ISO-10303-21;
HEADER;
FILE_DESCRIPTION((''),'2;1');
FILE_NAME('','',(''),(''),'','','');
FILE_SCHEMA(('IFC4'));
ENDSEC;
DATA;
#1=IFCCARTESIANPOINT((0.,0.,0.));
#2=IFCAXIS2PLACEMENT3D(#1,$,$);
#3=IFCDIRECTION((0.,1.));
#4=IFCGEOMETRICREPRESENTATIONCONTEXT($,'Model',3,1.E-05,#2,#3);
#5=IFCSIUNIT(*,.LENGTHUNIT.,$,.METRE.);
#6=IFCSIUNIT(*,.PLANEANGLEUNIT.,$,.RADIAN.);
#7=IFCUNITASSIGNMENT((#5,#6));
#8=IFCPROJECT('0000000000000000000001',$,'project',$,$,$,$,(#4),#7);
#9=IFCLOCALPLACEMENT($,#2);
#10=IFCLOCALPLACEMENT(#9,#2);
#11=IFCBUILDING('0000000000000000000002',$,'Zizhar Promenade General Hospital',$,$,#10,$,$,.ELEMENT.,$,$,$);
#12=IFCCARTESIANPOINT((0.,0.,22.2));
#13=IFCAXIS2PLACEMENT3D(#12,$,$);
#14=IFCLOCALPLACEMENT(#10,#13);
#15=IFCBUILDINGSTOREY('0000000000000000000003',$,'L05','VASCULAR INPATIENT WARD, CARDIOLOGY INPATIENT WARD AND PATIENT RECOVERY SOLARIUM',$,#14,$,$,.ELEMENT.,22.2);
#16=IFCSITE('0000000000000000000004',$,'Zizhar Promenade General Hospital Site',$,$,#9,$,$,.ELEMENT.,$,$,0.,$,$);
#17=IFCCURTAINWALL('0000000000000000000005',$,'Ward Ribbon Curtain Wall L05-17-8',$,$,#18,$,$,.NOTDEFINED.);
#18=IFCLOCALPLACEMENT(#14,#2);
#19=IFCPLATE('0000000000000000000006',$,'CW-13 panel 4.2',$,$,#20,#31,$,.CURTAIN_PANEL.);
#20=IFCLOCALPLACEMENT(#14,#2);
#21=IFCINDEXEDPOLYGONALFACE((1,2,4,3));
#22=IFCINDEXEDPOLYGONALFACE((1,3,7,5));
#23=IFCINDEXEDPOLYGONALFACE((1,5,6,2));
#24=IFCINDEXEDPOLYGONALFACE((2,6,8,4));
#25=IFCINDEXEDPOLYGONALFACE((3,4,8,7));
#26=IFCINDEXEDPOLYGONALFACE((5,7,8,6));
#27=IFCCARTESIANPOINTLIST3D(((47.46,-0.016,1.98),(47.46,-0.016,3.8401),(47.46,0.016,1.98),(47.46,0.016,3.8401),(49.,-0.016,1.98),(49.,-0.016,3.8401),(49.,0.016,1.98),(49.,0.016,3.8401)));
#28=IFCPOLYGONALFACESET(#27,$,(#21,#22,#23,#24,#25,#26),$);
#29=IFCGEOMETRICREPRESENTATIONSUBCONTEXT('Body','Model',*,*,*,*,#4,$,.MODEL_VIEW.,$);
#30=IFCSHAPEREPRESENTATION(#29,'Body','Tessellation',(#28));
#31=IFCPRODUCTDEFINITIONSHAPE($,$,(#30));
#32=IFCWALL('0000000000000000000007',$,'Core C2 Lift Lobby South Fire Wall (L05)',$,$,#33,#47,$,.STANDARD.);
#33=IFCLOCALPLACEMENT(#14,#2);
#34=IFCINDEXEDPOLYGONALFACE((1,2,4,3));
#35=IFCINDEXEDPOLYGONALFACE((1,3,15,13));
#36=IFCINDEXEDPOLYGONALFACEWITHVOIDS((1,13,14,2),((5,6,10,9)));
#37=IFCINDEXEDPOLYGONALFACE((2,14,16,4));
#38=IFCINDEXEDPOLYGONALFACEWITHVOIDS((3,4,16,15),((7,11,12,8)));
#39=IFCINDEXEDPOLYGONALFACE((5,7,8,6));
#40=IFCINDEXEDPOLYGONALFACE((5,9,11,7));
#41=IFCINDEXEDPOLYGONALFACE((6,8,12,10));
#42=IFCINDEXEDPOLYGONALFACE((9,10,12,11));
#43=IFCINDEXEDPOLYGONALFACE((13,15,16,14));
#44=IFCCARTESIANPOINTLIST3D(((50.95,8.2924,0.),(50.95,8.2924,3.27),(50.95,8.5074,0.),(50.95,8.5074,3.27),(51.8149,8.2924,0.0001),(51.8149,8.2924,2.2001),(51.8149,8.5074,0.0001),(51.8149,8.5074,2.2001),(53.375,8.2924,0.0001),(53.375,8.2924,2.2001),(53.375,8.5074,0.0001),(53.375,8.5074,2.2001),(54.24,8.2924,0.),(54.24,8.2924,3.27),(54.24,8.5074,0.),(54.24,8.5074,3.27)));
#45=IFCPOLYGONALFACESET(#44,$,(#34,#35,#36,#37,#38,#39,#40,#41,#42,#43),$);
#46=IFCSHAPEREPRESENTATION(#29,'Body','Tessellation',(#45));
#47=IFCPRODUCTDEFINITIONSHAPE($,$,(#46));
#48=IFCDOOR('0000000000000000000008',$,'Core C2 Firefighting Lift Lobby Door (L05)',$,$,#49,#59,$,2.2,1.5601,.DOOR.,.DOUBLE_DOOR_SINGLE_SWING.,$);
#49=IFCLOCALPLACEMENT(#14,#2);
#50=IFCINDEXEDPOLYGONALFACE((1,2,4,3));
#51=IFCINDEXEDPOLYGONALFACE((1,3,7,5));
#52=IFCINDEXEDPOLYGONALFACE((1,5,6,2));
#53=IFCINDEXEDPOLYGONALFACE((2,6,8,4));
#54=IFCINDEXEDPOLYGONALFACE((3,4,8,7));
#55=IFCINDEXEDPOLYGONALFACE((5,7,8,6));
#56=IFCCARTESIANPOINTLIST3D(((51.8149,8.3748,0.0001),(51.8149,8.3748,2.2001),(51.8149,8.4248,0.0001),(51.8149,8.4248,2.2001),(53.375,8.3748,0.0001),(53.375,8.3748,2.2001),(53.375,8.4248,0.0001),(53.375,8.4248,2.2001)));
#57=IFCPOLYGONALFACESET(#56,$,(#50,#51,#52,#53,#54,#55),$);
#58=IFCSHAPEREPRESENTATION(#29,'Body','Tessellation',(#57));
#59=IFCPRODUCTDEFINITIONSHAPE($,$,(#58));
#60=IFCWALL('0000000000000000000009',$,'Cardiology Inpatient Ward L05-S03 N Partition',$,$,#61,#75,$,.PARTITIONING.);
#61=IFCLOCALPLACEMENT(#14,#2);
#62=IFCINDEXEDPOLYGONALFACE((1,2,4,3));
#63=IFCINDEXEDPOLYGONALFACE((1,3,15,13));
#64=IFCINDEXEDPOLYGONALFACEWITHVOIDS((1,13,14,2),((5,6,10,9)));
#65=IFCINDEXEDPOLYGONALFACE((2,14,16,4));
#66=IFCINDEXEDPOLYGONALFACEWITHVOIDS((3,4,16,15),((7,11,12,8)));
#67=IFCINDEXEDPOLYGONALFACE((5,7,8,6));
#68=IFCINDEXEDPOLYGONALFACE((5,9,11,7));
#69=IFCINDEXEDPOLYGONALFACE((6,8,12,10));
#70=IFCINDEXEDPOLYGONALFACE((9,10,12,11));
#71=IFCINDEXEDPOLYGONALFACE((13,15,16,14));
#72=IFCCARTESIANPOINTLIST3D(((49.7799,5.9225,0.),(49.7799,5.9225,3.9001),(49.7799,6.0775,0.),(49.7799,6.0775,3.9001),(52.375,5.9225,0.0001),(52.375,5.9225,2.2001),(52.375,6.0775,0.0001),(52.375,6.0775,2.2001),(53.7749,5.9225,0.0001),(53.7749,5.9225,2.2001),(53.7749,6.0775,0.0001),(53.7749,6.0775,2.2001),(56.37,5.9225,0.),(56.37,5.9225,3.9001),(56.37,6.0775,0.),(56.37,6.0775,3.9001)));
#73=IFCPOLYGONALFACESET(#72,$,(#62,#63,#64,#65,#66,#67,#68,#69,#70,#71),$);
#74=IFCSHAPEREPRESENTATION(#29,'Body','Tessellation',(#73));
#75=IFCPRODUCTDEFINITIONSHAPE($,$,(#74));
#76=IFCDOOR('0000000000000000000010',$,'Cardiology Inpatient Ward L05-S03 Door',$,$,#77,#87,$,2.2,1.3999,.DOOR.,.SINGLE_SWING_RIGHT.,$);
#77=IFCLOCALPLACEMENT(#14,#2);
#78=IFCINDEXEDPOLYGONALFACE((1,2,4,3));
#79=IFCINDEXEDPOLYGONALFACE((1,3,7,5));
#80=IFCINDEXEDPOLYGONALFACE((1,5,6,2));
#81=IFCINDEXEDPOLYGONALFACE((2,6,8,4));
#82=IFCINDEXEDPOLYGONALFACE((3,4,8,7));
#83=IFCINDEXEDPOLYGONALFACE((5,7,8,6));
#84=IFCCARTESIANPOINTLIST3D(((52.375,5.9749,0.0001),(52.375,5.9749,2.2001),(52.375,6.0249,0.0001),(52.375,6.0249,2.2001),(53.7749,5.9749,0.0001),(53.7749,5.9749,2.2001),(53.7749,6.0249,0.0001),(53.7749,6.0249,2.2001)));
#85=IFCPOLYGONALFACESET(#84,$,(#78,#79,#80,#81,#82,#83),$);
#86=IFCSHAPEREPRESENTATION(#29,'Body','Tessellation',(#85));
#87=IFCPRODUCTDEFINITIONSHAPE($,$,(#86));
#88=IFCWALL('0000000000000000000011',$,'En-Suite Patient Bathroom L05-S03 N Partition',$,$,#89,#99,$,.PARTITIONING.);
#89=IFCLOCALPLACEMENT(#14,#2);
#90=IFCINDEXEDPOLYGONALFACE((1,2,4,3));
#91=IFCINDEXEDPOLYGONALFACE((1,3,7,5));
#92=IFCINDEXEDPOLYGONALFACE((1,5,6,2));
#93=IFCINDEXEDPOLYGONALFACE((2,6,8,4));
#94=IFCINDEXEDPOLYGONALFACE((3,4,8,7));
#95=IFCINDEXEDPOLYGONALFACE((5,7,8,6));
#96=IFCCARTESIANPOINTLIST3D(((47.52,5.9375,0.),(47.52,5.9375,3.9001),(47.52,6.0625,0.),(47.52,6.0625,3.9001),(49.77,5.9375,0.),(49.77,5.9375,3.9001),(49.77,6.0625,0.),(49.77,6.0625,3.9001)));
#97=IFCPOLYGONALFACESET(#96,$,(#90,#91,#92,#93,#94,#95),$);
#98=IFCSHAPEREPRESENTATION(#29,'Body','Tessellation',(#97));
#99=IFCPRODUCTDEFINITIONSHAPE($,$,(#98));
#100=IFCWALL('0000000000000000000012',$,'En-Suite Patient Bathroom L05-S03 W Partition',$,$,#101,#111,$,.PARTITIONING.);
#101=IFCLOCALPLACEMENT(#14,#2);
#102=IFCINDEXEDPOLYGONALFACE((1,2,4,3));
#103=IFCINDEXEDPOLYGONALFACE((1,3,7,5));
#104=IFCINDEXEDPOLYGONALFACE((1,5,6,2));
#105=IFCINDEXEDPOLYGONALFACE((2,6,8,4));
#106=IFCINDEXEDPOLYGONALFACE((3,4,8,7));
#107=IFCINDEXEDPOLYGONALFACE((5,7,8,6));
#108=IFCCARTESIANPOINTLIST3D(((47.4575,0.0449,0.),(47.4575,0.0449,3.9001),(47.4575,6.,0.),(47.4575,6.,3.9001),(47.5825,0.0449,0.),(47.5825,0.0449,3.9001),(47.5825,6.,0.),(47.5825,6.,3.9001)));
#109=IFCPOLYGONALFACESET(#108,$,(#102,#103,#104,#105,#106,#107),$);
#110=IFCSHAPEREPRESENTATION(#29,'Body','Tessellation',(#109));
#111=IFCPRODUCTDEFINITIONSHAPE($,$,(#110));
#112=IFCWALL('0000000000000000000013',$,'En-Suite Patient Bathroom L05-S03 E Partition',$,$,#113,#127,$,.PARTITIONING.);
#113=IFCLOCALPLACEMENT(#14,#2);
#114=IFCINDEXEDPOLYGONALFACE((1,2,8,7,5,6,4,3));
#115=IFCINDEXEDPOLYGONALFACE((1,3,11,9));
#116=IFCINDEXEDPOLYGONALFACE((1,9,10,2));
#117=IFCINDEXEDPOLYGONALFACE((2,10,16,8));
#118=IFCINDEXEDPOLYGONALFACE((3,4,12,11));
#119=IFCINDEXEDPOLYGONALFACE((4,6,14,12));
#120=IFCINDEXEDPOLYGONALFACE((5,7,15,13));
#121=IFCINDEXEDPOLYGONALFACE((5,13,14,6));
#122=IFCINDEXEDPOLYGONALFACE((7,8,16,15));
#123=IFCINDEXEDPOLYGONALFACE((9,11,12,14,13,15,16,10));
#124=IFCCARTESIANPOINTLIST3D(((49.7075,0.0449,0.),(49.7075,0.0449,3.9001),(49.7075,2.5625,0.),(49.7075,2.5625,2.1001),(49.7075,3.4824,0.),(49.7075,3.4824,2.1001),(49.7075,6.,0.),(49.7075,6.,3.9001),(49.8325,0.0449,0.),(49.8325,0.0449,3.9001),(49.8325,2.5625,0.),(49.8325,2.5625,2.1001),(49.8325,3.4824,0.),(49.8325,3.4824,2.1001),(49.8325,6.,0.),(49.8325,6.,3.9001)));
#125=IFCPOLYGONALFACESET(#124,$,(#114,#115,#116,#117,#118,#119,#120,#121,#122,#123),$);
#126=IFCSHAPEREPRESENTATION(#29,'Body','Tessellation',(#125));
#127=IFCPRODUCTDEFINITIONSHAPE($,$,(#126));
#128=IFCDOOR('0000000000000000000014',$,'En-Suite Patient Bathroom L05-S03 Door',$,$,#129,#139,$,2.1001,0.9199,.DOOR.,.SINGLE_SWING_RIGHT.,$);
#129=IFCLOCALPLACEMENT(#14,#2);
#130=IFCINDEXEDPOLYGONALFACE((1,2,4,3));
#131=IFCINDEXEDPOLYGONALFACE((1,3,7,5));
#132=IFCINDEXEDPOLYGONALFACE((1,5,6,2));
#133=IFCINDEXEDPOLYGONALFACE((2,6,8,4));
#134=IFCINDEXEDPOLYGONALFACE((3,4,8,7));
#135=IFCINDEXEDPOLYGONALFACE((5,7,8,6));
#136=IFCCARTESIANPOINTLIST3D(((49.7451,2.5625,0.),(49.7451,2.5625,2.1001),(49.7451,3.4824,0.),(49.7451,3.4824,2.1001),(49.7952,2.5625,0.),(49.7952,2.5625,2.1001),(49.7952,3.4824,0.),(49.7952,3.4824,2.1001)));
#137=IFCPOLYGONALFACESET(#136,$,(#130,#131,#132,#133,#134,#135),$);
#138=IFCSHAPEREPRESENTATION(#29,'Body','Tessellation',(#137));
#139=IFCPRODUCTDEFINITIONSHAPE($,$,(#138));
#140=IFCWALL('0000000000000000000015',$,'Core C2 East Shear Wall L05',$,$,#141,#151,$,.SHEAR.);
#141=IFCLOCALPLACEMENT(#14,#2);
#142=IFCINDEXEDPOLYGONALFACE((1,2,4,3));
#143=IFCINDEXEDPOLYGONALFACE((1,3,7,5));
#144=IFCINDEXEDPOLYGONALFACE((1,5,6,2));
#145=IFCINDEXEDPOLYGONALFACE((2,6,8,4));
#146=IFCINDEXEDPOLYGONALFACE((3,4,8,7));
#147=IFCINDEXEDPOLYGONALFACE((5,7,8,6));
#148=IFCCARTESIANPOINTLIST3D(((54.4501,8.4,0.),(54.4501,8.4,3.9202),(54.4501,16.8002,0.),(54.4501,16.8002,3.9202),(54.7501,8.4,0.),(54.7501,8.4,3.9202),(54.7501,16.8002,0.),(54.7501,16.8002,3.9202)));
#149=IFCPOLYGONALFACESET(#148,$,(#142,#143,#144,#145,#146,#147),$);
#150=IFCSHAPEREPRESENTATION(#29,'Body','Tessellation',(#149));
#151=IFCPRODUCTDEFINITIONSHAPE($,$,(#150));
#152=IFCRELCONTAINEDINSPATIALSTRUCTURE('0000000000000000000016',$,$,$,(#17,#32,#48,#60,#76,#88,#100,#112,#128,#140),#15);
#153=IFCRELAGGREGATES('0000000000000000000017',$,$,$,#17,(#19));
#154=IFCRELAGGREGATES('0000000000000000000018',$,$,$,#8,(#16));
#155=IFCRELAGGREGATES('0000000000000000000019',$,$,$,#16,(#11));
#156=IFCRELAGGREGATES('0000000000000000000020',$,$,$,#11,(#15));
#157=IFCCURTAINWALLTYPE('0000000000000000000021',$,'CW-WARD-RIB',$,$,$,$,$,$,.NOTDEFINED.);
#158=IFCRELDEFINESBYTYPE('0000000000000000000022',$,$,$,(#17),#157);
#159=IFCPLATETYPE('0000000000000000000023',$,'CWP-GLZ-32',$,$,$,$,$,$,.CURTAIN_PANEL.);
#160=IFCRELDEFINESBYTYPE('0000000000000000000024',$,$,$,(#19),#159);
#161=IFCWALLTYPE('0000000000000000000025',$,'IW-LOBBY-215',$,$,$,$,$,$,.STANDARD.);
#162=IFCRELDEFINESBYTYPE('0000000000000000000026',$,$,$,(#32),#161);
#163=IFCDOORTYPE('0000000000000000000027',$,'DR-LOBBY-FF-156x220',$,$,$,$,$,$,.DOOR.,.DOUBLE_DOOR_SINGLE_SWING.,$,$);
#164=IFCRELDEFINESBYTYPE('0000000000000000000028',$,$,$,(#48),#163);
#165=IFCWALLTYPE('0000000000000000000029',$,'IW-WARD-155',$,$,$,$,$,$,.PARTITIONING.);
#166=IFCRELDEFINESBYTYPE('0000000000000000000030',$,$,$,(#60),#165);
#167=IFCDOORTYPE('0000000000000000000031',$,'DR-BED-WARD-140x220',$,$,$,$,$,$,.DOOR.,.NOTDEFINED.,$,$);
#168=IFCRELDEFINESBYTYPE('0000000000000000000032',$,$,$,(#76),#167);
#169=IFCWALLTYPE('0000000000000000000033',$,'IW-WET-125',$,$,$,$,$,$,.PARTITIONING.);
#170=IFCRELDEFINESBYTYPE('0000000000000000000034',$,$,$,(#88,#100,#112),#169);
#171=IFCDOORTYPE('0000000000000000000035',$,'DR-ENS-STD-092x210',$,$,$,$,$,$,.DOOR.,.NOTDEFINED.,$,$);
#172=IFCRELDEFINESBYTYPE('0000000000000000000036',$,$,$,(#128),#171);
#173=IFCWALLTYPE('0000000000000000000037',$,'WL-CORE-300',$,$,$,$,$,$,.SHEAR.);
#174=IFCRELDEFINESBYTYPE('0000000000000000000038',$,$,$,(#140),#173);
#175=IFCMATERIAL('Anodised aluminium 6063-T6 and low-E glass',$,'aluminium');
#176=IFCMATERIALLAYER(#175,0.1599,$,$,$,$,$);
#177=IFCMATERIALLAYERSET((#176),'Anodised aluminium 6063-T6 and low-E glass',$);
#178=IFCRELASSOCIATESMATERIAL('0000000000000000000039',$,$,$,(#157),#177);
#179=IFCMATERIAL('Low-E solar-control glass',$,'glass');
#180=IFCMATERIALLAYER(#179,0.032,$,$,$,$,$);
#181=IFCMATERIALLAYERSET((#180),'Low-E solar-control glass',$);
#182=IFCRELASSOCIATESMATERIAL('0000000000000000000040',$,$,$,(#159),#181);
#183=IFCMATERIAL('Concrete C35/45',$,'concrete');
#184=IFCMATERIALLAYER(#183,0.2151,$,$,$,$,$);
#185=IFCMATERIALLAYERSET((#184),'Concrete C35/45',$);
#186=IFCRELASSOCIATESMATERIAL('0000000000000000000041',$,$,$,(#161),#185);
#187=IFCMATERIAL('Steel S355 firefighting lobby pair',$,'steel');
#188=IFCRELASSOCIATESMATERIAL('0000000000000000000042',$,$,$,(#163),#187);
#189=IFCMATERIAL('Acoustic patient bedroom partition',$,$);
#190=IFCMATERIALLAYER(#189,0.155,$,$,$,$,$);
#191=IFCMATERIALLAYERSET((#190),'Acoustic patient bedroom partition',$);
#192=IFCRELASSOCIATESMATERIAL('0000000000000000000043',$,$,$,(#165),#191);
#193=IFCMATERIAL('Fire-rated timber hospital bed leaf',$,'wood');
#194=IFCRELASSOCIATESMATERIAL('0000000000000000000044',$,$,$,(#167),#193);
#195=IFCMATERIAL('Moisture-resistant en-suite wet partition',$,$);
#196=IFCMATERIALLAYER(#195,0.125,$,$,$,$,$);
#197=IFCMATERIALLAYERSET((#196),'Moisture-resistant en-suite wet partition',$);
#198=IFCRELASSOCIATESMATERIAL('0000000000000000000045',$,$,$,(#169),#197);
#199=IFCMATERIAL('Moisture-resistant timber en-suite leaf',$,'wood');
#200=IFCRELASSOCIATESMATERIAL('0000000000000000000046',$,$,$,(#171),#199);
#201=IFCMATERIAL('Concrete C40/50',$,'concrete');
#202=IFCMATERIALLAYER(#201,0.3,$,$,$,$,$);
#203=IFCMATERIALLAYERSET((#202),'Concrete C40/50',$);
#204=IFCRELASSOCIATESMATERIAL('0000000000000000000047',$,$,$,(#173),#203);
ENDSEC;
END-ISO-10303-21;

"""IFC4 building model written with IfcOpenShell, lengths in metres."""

from ifc_helpers import new_model, si_unit, direction, frame, frame_2d, origin, origin_2d, place, context, subcontext, project, spatial, rectangle, extrude, material, layer, layer_set, type_object, element, fill, aggregate, save


model = new_model("IFC4")

# Units and contexts
model_context = context("Model", 3, precision=1e-05, world=origin(), true_north=direction((0.0, 1.0)))
body_context = subcontext(model_context, "Body", "Model", "MODEL_VIEW")
ifc_project = project(units=[si_unit("LENGTHUNIT", "METRE"), si_unit("PLANEANGLEUNIT", "RADIAN")], contexts=[model_context])

# Site, building, storey
site_placement = place(None, origin())
site = spatial("IfcSite", under=ifc_project, at=site_placement, Name="Zizhar Promenade General Hospital Site", CompositionType="ELEMENT", RefElevation=0.0)
building_placement = place(site_placement, origin())
building = spatial("IfcBuilding", under=site, at=building_placement, Name="Zizhar Promenade General Hospital", CompositionType="ELEMENT")
storey_placement = place(building_placement, frame((0.0, 0.0, 22.2)))
storey = spatial("IfcBuildingStorey", under=building, at=storey_placement, Name="L05", Description="VASCULAR INPATIENT WARD, CARDIOLOGY INPATIENT WARD AND PATIENT RECOVERY SOLARIUM", CompositionType="ELEMENT", Elevation=22.2)

# Curtain wall, plate
ifc_material_1 = material(Name="Anodised aluminium 6063-T6 and low-E glass", Category="aluminium")
ifc_layer_1 = layer(ifc_material_1, 0.1599)
ifc_layer_set_1 = layer_set([ifc_layer_1], Name="Anodised aluminium 6063-T6 and low-E glass")
curtain_wall_type = type_object("IfcCurtainWallType", Name="CW-WARD-RIB", PredefinedType="NOTDEFINED", material=ifc_layer_set_1)
curtain_wall_placement = place(storey_placement, origin())
curtain_wall = element("IfcCurtainWall", 1, at=curtain_wall_placement, inside=storey, type_object=curtain_wall_type, Name="Ward Ribbon Curtain Wall L05-17-8", PredefinedType="NOTDEFINED")
ifc_material_2 = material(Name="Low-E solar-control glass", Category="glass")
ifc_layer_2 = layer(ifc_material_2, 0.032)
ifc_layer_set_2 = layer_set([ifc_layer_2], Name="Low-E solar-control glass")
plate_type = type_object("IfcPlateType", Name="CWP-GLZ-32", PredefinedType="CURTAIN_PANEL", material=ifc_layer_set_2)
plate_1_placement = place(storey_placement, frame((48.23, 0.0, 1.98), z_axis=(0.0, 0.0, 1.0), x_axis=(-1.0, 0.0, 0.0)))
plate_1 = element("IfcPlate", 2, at=plate_1_placement, type_object=plate_type, Name="CW-13 panel 4.2", PredefinedType="CURTAIN_PANEL", context=body_context, shape_type="SweptSolid", body=[
    extrude(rectangle(XDim=1.54, YDim=0.032, at=origin_2d()), origin(), (0.0, 0.0, 1.0), 1.8601),
])
aggregate(curtain_wall, [plate_1])

# Walls, openings, doors
ifc_material_3 = material(Name="Concrete C35/45", Category="concrete")
ifc_layer_3 = layer(ifc_material_3, 0.2151)
ifc_layer_set_3 = layer_set([ifc_layer_3], Name="Concrete C35/45")
wall_type_1 = type_object("IfcWallType", Name="IW-LOBBY-215", PredefinedType="STANDARD", material=ifc_layer_set_3)
wall_1_placement = place(storey_placement, frame((50.95, 8.3999, 0.0), z_axis=(0.0, 0.0, 1.0), x_axis=(1.0, 0.0, 0.0)))
wall_1 = element("IfcWall", 3, at=wall_1_placement, inside=storey, type_object=wall_type_1, Name="Core C2 Lift Lobby South Fire Wall (L05)", PredefinedType="STANDARD", context=body_context, shape_type="SweptSolid", body=[
    extrude(rectangle(XDim=3.29, YDim=0.2151, at=frame_2d((1.645, 0.0))), origin(), (0.0, 0.0, 1.0), 3.27),
])
opening_1_placement = place(wall_1_placement, frame((0.865, 0.0, 0.0)))
opening_1 = element("IfcOpeningElement", 4, at=opening_1_placement, cuts=wall_1, PredefinedType="OPENING", context=body_context, shape_type="SweptSolid", body=[
    extrude(rectangle(XDim=1.5601, YDim=2.2, at=frame_2d((0.78, 1.1001))), frame((0.0, 0.1177, 0.0), z_axis=(0.0, -1.0, 0.0), x_axis=(1.0, 0.0, 0.0)), (0.0, 0.0, 1.0), 0.2351),
])
ifc_material_4 = material(Name="Steel S355 firefighting lobby pair", Category="steel")
door_type_1 = type_object("IfcDoorType", Name="DR-LOBBY-FF-156x220", OperationType="DOUBLE_DOOR_SINGLE_SWING", PredefinedType="DOOR", material=ifc_material_4)
door_1_placement = place(opening_1_placement, origin())
door_1 = element("IfcDoor", 5, at=door_1_placement, inside=storey, type_object=door_type_1, Name="Core C2 Firefighting Lift Lobby Door (L05)", OperationType="DOUBLE_DOOR_SINGLE_SWING", OverallHeight=2.2, OverallWidth=1.5601, PredefinedType="DOOR", context=body_context, shape_type="SweptSolid", body=[
    extrude(rectangle(XDim=1.5601, YDim=2.2, at=frame_2d((0.78, 1.1001))), frame((0.0, 0.0249, 0.0), z_axis=(0.0, -1.0, 0.0), x_axis=(1.0, 0.0, 0.0)), (0.0, 0.0, 1.0), 0.05),
])
fill(opening_1, door_1)
ifc_material_5 = material(Name="Acoustic patient bedroom partition")
ifc_layer_4 = layer(ifc_material_5, 0.155)
ifc_layer_set_4 = layer_set([ifc_layer_4], Name="Acoustic patient bedroom partition")
wall_type_2 = type_object("IfcWallType", Name="IW-WARD-155", PredefinedType="PARTITIONING", material=ifc_layer_set_4)
wall_2_placement = place(storey_placement, frame((49.78, 6.0, 0.0), z_axis=(0.0, 0.0, 1.0), x_axis=(1.0, 0.0, 0.0)))
wall_2 = element("IfcWall", 6, at=wall_2_placement, inside=storey, type_object=wall_type_2, Name="Cardiology Inpatient Ward L05-S03 N Partition", PredefinedType="PARTITIONING", context=body_context, shape_type="SweptSolid", body=[
    extrude(rectangle(XDim=6.5901, YDim=0.155, at=frame_2d((3.2949, 0.0))), origin(), (0.0, 0.0, 1.0), 3.9001),
])
opening_2_placement = place(wall_2_placement, frame((2.595, 0.0, 0.0)))
opening_2 = element("IfcOpeningElement", 7, at=opening_2_placement, cuts=wall_2, PredefinedType="OPENING", context=body_context, shape_type="SweptSolid", body=[
    extrude(rectangle(XDim=1.3999, YDim=2.2, at=frame_2d((0.7, 1.1001))), frame((0.0, 0.0874, 0.0), z_axis=(0.0, -1.0, 0.0), x_axis=(1.0, 0.0, 0.0)), (0.0, 0.0, 1.0), 0.175),
])
ifc_material_6 = material(Name="Fire-rated timber hospital bed leaf", Category="wood")
door_type_2 = type_object("IfcDoorType", Name="DR-BED-WARD-140x220", OperationType="NOTDEFINED", PredefinedType="DOOR", material=ifc_material_6)
door_2_placement = place(opening_2_placement, origin())
door_2 = element("IfcDoor", 8, at=door_2_placement, inside=storey, type_object=door_type_2, Name="Cardiology Inpatient Ward L05-S03 Door", OperationType="SINGLE_SWING_RIGHT", OverallHeight=2.2, OverallWidth=1.3999, PredefinedType="DOOR", context=body_context, shape_type="SweptSolid", body=[
    extrude(rectangle(XDim=1.3999, YDim=2.2, at=frame_2d((0.7, 1.1001))), frame((0.0, 0.0249, 0.0), z_axis=(0.0, -1.0, 0.0), x_axis=(1.0, 0.0, 0.0)), (0.0, 0.0, 1.0), 0.05),
])
fill(opening_2, door_2)

# Walls
ifc_material_7 = material(Name="Moisture-resistant en-suite wet partition")
ifc_layer_5 = layer(ifc_material_7, 0.125)
ifc_layer_set_5 = layer_set([ifc_layer_5], Name="Moisture-resistant en-suite wet partition")
wall_type_3 = type_object("IfcWallType", Name="IW-WET-125", PredefinedType="PARTITIONING", material=ifc_layer_set_5)
wall_3_placement = place(storey_placement, frame((47.52, 6.0, 0.0), z_axis=(0.0, 0.0, 1.0), x_axis=(1.0, 0.0, 0.0)))
element("IfcWall", 9, at=wall_3_placement, inside=storey, type_object=wall_type_3, Name="En-Suite Patient Bathroom L05-S03 N Partition", PredefinedType="PARTITIONING", context=body_context, shape_type="SweptSolid", body=[
    extrude(rectangle(XDim=2.25, YDim=0.125, at=frame_2d((1.125, 0.0))), origin(), (0.0, 0.0, 1.0), 3.9001),
])
wall_4_placement = place(storey_placement, frame((47.52, 0.0449, 0.0), z_axis=(0.0, 0.0, 1.0), x_axis=(0.0, 1.0, 0.0)))
element("IfcWall", 10, at=wall_4_placement, inside=storey, type_object=wall_type_3, Name="En-Suite Patient Bathroom L05-S03 W Partition", PredefinedType="PARTITIONING", context=body_context, shape_type="SweptSolid", body=[
    extrude(rectangle(XDim=5.9551, YDim=0.125, at=frame_2d((2.9775, 0.0))), origin(), (0.0, 0.0, 1.0), 3.9001),
])

# Wall, opening, door
wall_5_placement = place(storey_placement, frame((49.77, 0.0449, 0.0), z_axis=(0.0, 0.0, 1.0), x_axis=(0.0, 1.0, 0.0)))
wall_5 = element("IfcWall", 11, at=wall_5_placement, inside=storey, type_object=wall_type_3, Name="En-Suite Patient Bathroom L05-S03 E Partition", PredefinedType="PARTITIONING", context=body_context, shape_type="SweptSolid", body=[
    extrude(rectangle(XDim=5.9551, YDim=0.125, at=frame_2d((2.9775, 0.0))), origin(), (0.0, 0.0, 1.0), 3.9001),
])
opening_3_placement = place(wall_5_placement, frame((2.5176, 0.0, 0.0)))
opening_3 = element("IfcOpeningElement", 12, at=opening_3_placement, cuts=wall_5, PredefinedType="OPENING", context=body_context, shape_type="SweptSolid", body=[
    extrude(rectangle(XDim=0.9199, YDim=2.1001, at=frame_2d((0.46, 1.05))), frame((0.0, 0.0725, 0.0), z_axis=(0.0, -1.0, 0.0), x_axis=(1.0, 0.0, 0.0)), (0.0, 0.0, 1.0), 0.145),
])
ifc_material_8 = material(Name="Moisture-resistant timber en-suite leaf", Category="wood")
door_type_3 = type_object("IfcDoorType", Name="DR-ENS-STD-092x210", OperationType="NOTDEFINED", PredefinedType="DOOR", material=ifc_material_8)
door_3_placement = place(opening_3_placement, origin())
door_3 = element("IfcDoor", 13, at=door_3_placement, inside=storey, type_object=door_type_3, Name="En-Suite Patient Bathroom L05-S03 Door", OperationType="SINGLE_SWING_RIGHT", OverallHeight=2.1001, OverallWidth=0.9199, PredefinedType="DOOR", context=body_context, shape_type="SweptSolid", body=[
    extrude(rectangle(XDim=0.9199, YDim=2.1001, at=frame_2d((0.46, 1.05))), frame((0.0, 0.0249, 0.0), z_axis=(0.0, -1.0, 0.0), x_axis=(1.0, 0.0, 0.0)), (0.0, 0.0, 1.0), 0.05),
])
fill(opening_3, door_3)

# Wall
ifc_material_9 = material(Name="Concrete C40/50", Category="concrete")
ifc_layer_6 = layer(ifc_material_9, 0.3)
ifc_layer_set_6 = layer_set([ifc_layer_6], Name="Concrete C40/50")
wall_type_4 = type_object("IfcWallType", Name="WL-CORE-300", PredefinedType="SHEAR", material=ifc_layer_set_6)
wall_6_placement = place(storey_placement, frame((54.6001, 8.3999, 0.0), z_axis=(0.0, 0.0, 1.0), x_axis=(0.0, 1.0, 0.0)))
element("IfcWall", 14, at=wall_6_placement, inside=storey, type_object=wall_type_4, Name="Core C2 East Shear Wall L05", PredefinedType="SHEAR", context=body_context, shape_type="SweptSolid", body=[
    extrude(rectangle(XDim=8.4001, YDim=0.3, at=frame_2d((4.2002, 0.0))), origin(), (0.0, 0.0, 1.0), 3.9202),
])

save(model, "model.ifc")
